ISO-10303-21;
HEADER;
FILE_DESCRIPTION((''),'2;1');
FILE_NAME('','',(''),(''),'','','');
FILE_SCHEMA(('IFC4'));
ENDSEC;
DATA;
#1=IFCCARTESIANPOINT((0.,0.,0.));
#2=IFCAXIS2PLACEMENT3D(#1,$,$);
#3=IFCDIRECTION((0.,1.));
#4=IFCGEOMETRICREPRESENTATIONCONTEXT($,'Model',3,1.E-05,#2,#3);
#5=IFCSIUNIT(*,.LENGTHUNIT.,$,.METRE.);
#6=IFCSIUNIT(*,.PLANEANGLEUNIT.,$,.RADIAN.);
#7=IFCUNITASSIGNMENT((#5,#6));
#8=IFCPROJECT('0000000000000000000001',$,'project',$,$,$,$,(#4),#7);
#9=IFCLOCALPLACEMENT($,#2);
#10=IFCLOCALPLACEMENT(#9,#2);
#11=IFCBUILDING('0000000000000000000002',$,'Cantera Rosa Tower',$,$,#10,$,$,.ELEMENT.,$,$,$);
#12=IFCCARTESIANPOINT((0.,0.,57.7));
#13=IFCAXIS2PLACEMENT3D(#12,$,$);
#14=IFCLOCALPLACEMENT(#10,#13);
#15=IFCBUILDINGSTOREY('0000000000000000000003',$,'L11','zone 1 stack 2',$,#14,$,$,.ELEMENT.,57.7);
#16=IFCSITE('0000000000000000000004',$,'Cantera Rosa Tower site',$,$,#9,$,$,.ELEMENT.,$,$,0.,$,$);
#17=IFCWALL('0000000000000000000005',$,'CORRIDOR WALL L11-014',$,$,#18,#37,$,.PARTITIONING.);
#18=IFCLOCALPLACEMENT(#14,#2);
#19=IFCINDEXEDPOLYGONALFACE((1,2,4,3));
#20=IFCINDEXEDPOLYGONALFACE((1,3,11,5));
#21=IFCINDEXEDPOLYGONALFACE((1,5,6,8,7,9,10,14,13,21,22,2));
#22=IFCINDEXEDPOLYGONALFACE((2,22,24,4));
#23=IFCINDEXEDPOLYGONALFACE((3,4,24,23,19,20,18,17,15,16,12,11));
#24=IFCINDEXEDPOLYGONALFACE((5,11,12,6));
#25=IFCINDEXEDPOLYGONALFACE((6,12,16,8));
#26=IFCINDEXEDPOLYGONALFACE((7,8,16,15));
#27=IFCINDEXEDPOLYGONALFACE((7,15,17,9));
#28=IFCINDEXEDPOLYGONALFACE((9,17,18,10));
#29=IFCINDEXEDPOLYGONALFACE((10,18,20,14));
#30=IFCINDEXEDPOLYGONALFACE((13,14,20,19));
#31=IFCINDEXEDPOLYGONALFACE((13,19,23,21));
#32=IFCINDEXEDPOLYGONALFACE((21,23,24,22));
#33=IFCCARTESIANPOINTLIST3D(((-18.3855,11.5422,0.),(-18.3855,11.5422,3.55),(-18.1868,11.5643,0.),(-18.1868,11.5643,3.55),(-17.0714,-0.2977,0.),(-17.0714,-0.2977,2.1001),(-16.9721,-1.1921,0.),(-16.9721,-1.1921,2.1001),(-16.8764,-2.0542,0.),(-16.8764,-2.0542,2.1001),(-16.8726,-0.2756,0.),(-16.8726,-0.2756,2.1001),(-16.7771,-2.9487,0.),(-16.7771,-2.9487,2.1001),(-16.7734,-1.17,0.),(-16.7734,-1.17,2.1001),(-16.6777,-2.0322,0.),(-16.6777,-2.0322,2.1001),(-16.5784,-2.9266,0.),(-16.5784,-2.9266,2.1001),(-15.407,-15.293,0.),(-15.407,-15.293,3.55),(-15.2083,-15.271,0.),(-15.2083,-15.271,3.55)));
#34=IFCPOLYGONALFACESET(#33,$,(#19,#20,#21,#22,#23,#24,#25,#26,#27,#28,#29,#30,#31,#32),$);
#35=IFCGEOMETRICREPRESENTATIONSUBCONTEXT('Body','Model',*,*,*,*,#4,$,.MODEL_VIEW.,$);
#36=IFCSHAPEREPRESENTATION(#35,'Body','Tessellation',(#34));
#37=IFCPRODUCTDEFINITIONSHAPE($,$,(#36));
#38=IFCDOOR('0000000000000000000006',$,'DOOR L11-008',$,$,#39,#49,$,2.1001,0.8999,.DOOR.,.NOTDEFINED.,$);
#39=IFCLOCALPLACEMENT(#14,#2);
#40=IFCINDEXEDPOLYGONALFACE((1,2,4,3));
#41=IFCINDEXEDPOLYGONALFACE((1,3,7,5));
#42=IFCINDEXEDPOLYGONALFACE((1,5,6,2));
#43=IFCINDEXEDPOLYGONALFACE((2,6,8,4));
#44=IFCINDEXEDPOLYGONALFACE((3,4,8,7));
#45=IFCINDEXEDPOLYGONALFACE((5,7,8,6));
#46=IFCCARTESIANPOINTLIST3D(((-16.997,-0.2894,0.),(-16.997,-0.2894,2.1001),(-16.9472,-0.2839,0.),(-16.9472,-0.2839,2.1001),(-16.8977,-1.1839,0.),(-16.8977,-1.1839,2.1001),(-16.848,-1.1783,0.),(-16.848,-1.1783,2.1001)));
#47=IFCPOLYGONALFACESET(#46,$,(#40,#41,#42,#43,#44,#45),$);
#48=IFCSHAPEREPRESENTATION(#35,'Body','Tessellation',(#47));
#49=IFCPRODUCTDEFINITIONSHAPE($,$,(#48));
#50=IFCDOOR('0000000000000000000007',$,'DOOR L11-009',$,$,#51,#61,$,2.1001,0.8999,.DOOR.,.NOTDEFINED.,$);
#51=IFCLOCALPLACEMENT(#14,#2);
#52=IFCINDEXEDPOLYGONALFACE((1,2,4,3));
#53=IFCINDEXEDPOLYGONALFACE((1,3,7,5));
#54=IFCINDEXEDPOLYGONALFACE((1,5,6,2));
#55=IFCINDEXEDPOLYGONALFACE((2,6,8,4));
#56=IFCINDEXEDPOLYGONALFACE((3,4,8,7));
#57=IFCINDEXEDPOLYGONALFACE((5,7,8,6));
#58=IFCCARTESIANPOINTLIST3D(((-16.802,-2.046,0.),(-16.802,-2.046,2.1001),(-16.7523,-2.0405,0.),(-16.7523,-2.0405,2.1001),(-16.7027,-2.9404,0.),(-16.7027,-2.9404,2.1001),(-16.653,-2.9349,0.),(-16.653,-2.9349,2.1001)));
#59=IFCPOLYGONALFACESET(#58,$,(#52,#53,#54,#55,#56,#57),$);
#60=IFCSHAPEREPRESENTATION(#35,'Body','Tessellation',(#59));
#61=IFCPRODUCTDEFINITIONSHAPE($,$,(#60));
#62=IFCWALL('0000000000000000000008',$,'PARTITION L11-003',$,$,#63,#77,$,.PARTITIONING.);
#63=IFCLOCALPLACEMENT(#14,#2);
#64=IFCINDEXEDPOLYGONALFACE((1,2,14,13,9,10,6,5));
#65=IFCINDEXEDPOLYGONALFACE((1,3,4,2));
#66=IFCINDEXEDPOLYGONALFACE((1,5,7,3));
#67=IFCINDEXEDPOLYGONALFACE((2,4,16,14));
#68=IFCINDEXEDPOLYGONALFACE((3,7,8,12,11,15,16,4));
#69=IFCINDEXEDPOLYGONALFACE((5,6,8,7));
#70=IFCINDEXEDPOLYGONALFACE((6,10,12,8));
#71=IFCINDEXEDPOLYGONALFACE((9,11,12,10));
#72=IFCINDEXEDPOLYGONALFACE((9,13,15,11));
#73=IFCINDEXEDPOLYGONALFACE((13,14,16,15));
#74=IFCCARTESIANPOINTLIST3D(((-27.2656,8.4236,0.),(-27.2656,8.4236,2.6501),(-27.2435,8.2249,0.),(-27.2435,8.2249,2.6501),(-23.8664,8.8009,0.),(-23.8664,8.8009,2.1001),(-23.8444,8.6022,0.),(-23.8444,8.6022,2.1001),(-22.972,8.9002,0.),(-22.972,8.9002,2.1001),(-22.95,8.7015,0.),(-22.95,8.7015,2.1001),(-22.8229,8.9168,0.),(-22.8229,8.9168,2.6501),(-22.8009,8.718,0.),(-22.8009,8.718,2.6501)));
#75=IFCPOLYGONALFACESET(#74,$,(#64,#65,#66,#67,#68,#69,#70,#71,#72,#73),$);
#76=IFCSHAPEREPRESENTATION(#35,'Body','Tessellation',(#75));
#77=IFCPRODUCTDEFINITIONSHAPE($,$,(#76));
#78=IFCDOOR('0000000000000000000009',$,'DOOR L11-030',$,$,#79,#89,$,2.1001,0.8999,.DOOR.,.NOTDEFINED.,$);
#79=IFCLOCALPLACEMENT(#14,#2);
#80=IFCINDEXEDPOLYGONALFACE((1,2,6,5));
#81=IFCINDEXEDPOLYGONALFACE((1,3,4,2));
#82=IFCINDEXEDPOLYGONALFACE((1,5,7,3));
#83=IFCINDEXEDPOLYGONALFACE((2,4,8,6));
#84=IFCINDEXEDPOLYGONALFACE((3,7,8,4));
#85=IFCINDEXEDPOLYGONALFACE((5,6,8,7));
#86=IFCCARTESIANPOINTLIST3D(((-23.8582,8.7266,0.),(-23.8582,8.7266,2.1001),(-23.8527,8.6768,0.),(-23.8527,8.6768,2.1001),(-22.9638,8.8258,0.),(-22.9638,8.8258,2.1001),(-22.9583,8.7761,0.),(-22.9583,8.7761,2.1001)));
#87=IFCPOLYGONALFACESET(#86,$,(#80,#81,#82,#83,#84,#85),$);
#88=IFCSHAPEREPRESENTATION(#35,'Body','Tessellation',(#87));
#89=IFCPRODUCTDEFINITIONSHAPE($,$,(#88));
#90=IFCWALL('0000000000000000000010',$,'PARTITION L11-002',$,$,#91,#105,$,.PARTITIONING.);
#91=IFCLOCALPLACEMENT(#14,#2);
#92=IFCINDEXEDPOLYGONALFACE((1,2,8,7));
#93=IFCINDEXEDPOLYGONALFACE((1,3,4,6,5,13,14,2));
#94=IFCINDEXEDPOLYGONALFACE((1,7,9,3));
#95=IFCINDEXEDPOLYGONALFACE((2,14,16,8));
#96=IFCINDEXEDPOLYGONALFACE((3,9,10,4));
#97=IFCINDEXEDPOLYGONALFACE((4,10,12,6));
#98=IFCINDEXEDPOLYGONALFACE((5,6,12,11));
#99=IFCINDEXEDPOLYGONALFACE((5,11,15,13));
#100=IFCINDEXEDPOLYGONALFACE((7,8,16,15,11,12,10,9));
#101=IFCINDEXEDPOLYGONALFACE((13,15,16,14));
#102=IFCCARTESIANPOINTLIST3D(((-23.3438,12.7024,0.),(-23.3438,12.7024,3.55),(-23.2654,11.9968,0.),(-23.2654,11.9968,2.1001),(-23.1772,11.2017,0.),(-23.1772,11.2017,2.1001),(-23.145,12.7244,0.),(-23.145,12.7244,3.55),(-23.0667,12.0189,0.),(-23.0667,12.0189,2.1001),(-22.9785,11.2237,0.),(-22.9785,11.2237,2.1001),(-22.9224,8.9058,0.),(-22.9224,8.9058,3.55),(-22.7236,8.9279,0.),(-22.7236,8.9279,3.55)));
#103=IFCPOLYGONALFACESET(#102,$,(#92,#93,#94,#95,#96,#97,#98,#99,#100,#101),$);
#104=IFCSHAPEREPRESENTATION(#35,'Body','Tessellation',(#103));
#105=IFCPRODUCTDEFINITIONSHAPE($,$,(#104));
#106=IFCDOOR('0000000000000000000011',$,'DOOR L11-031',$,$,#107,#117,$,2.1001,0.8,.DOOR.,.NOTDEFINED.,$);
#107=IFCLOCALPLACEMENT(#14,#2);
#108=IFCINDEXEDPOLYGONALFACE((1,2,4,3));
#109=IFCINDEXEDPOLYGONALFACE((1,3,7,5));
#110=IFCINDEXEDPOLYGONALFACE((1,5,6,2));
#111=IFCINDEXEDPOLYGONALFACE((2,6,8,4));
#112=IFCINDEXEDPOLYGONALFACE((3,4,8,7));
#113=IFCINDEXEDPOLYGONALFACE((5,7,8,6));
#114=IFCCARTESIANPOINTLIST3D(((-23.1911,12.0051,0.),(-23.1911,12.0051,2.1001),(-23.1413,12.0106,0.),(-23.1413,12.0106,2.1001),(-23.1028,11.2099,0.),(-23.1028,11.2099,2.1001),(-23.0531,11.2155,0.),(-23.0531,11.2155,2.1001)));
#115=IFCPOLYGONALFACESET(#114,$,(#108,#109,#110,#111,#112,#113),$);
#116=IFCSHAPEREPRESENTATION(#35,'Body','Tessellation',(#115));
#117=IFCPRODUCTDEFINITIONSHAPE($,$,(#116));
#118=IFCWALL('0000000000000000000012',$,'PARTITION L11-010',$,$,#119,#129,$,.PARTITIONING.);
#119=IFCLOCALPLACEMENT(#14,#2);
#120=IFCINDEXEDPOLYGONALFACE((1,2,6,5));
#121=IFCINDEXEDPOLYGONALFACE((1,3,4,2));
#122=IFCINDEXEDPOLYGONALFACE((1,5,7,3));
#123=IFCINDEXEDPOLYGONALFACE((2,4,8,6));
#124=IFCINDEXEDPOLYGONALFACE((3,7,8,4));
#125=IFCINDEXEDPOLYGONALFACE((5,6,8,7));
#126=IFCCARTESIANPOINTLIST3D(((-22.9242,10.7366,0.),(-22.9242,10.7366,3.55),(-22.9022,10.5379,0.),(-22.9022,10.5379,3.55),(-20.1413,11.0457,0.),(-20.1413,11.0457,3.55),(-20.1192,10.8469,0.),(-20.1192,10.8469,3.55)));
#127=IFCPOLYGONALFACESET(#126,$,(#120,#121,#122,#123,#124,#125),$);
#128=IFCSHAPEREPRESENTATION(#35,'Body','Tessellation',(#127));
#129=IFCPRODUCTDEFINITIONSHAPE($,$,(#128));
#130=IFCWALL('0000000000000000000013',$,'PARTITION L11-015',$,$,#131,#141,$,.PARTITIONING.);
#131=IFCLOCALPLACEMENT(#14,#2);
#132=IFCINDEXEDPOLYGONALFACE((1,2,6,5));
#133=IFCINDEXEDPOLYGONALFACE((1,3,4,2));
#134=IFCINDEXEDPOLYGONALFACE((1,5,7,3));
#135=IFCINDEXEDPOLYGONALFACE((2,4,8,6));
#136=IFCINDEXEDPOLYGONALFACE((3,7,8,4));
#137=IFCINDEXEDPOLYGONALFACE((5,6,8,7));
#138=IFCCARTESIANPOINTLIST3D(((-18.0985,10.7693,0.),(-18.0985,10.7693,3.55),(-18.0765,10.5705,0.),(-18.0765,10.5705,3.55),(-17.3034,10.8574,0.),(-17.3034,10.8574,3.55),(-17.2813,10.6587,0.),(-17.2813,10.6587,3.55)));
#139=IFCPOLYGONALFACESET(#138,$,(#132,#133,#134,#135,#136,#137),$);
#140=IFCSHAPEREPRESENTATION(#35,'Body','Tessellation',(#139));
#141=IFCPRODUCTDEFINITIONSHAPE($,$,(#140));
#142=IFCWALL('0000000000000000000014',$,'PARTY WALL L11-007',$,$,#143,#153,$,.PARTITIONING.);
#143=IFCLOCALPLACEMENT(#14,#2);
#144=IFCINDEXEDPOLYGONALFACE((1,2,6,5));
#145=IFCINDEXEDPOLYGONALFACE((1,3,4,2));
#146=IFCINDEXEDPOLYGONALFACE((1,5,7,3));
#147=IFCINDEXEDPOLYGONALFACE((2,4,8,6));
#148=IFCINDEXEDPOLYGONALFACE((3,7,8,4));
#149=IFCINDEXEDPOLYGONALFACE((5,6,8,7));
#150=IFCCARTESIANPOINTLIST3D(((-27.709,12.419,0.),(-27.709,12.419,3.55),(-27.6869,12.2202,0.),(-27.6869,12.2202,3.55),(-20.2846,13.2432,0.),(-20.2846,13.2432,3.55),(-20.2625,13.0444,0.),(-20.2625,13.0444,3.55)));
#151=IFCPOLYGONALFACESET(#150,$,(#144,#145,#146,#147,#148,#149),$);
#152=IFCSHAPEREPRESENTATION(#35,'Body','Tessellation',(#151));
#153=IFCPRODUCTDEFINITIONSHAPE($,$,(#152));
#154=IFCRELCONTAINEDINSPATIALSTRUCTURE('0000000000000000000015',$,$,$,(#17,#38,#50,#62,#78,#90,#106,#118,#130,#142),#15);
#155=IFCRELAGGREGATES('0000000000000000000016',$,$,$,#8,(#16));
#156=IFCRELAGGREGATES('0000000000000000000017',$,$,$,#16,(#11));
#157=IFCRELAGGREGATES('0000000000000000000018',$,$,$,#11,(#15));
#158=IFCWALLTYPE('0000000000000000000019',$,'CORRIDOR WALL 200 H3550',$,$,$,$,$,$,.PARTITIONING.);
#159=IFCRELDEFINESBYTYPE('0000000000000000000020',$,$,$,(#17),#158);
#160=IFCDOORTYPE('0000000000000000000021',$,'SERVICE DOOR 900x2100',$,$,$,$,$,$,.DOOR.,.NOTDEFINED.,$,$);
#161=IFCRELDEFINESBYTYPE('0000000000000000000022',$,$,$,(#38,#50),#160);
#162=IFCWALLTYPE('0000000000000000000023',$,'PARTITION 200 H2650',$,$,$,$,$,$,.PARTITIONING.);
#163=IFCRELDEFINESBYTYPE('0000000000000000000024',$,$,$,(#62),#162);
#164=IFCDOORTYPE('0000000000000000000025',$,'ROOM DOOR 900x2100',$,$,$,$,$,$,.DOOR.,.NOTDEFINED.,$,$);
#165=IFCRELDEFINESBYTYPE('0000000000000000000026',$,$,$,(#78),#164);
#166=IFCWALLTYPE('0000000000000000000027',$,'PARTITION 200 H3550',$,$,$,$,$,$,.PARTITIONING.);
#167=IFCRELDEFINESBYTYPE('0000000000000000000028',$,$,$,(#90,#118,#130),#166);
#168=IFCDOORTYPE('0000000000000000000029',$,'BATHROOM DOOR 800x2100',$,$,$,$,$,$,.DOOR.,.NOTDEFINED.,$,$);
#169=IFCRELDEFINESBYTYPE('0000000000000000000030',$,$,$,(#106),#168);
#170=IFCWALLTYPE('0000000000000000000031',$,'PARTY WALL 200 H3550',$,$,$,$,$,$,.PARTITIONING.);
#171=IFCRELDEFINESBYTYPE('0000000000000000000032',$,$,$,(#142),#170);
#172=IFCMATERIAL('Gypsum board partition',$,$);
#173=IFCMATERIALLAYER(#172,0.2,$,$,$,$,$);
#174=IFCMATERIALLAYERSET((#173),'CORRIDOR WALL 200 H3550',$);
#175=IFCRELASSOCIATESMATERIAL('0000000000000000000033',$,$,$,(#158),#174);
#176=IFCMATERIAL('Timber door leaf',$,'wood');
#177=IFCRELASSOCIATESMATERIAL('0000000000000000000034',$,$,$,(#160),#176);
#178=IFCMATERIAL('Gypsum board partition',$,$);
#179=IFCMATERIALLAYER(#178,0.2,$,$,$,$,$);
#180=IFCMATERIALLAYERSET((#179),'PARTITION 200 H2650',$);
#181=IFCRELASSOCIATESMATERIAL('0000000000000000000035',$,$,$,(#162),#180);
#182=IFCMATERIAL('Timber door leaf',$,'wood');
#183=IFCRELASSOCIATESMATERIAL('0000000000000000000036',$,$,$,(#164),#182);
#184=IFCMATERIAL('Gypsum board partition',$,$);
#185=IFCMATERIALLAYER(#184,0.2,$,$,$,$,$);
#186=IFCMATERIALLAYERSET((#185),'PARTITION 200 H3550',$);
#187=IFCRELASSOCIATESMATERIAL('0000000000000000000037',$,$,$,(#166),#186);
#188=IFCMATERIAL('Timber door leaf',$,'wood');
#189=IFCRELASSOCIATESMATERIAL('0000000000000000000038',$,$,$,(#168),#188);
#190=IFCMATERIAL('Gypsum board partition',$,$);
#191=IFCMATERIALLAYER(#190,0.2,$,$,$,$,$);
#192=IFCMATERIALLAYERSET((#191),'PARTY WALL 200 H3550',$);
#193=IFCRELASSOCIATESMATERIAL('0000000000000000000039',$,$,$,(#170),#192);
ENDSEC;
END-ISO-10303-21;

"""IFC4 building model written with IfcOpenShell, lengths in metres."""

from ifc_helpers import new_model, si_unit, direction, frame, frame_2d, origin, place, context, subcontext, project, spatial, rectangle, extrude, material, layer, layer_set, type_object, element, fill, save


model = new_model("IFC4")

# Units and contexts
model_context = context("Model", 3, precision=1e-05, world=origin(), true_north=direction((0.0, 1.0)))
body_context = subcontext(model_context, "Body", "Model", "MODEL_VIEW")
ifc_project = project(units=[si_unit("LENGTHUNIT", "METRE"), si_unit("PLANEANGLEUNIT", "RADIAN")], contexts=[model_context])

# Site, building, storey
site_placement = place(None, origin())
site = spatial("IfcSite", under=ifc_project, at=site_placement, Name="Cantera Rosa Tower site", CompositionType="ELEMENT", RefElevation=0.0)
building_placement = place(site_placement, origin())
building = spatial("IfcBuilding", under=site, at=building_placement, Name="Cantera Rosa Tower", CompositionType="ELEMENT")
storey_placement = place(building_placement, frame((0.0, 0.0, 57.7)))
storey = spatial("IfcBuildingStorey", under=building, at=storey_placement, Name="L11", Description="zone 1 stack 2", CompositionType="ELEMENT", Elevation=57.7)

# Wall, openings, doors
ifc_material_1 = material(Name="Gypsum board partition")
ifc_layer_1 = layer(ifc_material_1, 0.2)
ifc_layer_set_1 = layer_set([ifc_layer_1], Name="CORRIDOR WALL 200 H3550")
wall_type_1 = type_object("IfcWallType", Name="CORRIDOR WALL 200 H3550", PredefinedType="PARTITIONING", material=ifc_layer_set_1)
wall_1_placement = place(storey_placement, frame((-18.2861, 11.5532, 0.0), z_axis=(0.0, 0.0, 1.0), x_axis=(0.110315, -0.993897, 0.0)))
wall_1 = element("IfcWall", 1, at=wall_1_placement, inside=storey, type_object=wall_type_1, Name="CORRIDOR WALL L11-014", PredefinedType="PARTITIONING", context=body_context, shape_type="SweptSolid", body=[
    extrude(rectangle(XDim=27.0, YDim=0.2, at=frame_2d((13.5, 0.0))), origin(), (0.0, 0.0, 1.0), 3.55),
])
opening_1_placement = place(wall_1_placement, frame((11.9126, 0.0, 0.0)))
opening_1 = element("IfcOpeningElement", 2, at=opening_1_placement, cuts=wall_1, PredefinedType="OPENING", context=body_context, shape_type="SweptSolid", body=[
    extrude(rectangle(XDim=0.8999, YDim=2.1001, at=frame_2d((0.45, 1.05))), frame((0.0, 0.1099, 0.0), z_axis=(0.0, -1.0, 0.0), x_axis=(1.0, 0.0, 0.0)), (0.0, 0.0, 1.0), 0.22),
])
opening_2_placement = place(wall_1_placement, frame((13.6799, 0.0, 0.0)))
opening_2 = element("IfcOpeningElement", 3, at=opening_2_placement, cuts=wall_1, PredefinedType="OPENING", context=body_context, shape_type="SweptSolid", body=[
    extrude(rectangle(XDim=0.8999, YDim=2.1001, at=frame_2d((0.45, 1.05))), frame((0.0, 0.1099, 0.0), z_axis=(0.0, -1.0, 0.0), x_axis=(1.0, 0.0, 0.0)), (0.0, 0.0, 1.0), 0.22),
])
ifc_material_2 = material(Name="Timber door leaf", Category="wood")
door_type_1 = type_object("IfcDoorType", Name="SERVICE DOOR 900x2100", OperationType="NOTDEFINED", PredefinedType="DOOR", material=ifc_material_2)
door_1_placement = place(opening_1_placement, origin())
door_1 = element("IfcDoor", 4, at=door_1_placement, inside=storey, type_object=door_type_1, Name="DOOR L11-008", OperationType="NOTDEFINED", OverallHeight=2.1001, OverallWidth=0.8999, PredefinedType="DOOR", context=body_context, shape_type="SweptSolid", body=[
    extrude(rectangle(XDim=0.8999, YDim=2.1001, at=frame_2d((0.45, 1.05))), frame((0.0, 0.0249, 0.0), z_axis=(0.0, -1.0, 0.0), x_axis=(1.0, 0.0, 0.0)), (0.0, 0.0, 1.0), 0.05),
])
fill(opening_1, door_1)
door_2_placement = place(opening_2_placement, origin())
door_2 = element("IfcDoor", 5, at=door_2_placement, inside=storey, type_object=door_type_1, Name="DOOR L11-009", OperationType="NOTDEFINED", OverallHeight=2.1001, OverallWidth=0.8999, PredefinedType="DOOR", context=body_context, shape_type="SweptSolid", body=[
    extrude(rectangle(XDim=0.8999, YDim=2.1001, at=frame_2d((0.45, 1.05))), frame((0.0, 0.0249, 0.0), z_axis=(0.0, -1.0, 0.0), x_axis=(1.0, 0.0, 0.0)), (0.0, 0.0, 1.0), 0.05),
])
fill(opening_2, door_2)

# Walls, openings, doors
ifc_material_3 = material(Name="Gypsum board partition")
ifc_layer_2 = layer(ifc_material_3, 0.2)
ifc_layer_set_2 = layer_set([ifc_layer_2], Name="PARTITION 200 H2650")
wall_type_2 = type_object("IfcWallType", Name="PARTITION 200 H2650", PredefinedType="PARTITIONING", material=ifc_layer_set_2)
wall_2_placement = place(storey_placement, frame((-22.812, 8.8174, 0.0), z_axis=(0.0, 0.0, 1.0), x_axis=(-0.993895, -0.11033, 0.0)))
wall_2 = element("IfcWall", 6, at=wall_2_placement, inside=storey, type_object=wall_type_2, Name="PARTITION L11-003", PredefinedType="PARTITIONING", context=body_context, shape_type="SweptSolid", body=[
    extrude(rectangle(XDim=4.47, YDim=0.2, at=frame_2d((2.2349, 0.0))), origin(), (0.0, 0.0, 1.0), 2.6501),
])
opening_3_placement = place(wall_2_placement, frame((0.1499, 0.0, 0.0)))
opening_3 = element("IfcOpeningElement", 7, at=opening_3_placement, cuts=wall_2, PredefinedType="OPENING", context=body_context, shape_type="SweptSolid", body=[
    extrude(rectangle(XDim=0.8999, YDim=2.1001, at=frame_2d((0.45, 1.05))), frame((0.0, 0.1099, 0.0), z_axis=(0.0, -1.0, 0.0), x_axis=(1.0, 0.0, 0.0)), (0.0, 0.0, 1.0), 0.22),
])
ifc_material_4 = material(Name="Timber door leaf", Category="wood")
door_type_2 = type_object("IfcDoorType", Name="ROOM DOOR 900x2100", OperationType="NOTDEFINED", PredefinedType="DOOR", material=ifc_material_4)
door_3_placement = place(opening_3_placement, origin())
door_3 = element("IfcDoor", 8, at=door_3_placement, inside=storey, type_object=door_type_2, Name="DOOR L11-030", OperationType="NOTDEFINED", OverallHeight=2.1001, OverallWidth=0.8999, PredefinedType="DOOR", context=body_context, shape_type="SweptSolid", body=[
    extrude(rectangle(XDim=0.8999, YDim=2.1001, at=frame_2d((0.45, 1.05))), frame((0.0, 0.0249, 0.0), z_axis=(0.0, -1.0, 0.0), x_axis=(1.0, 0.0, 0.0)), (0.0, 0.0, 1.0), 0.05),
])
fill(opening_3, door_3)
ifc_material_5 = material(Name="Gypsum board partition")
ifc_layer_3 = layer(ifc_material_5, 0.2)
ifc_layer_set_3 = layer_set([ifc_layer_3], Name="PARTITION 200 H3550")
wall_type_3 = type_object("IfcWallType", Name="PARTITION 200 H3550", PredefinedType="PARTITIONING", material=ifc_layer_set_3)
wall_3_placement = place(storey_placement, frame((-23.2444, 12.7134, 0.0), z_axis=(0.0, 0.0, 1.0), x_axis=(0.110312, -0.993897, 0.0)))
wall_3 = element("IfcWall", 9, at=wall_3_placement, inside=storey, type_object=wall_type_3, Name="PARTITION L11-002", PredefinedType="PARTITIONING", context=body_context, shape_type="SweptSolid", body=[
    extrude(rectangle(XDim=3.8198, YDim=0.2, at=frame_2d((1.9099, 0.0))), origin(), (0.0, 0.0, 1.0), 3.55),
])
opening_4_placement = place(wall_3_placement, frame((0.71, 0.0, 0.0)))
opening_4 = element("IfcOpeningElement", 10, at=opening_4_placement, cuts=wall_3, PredefinedType="OPENING", context=body_context, shape_type="SweptSolid", body=[
    extrude(rectangle(XDim=0.8, YDim=2.1001, at=frame_2d((0.3999, 1.05))), frame((0.0, 0.1099, 0.0), z_axis=(0.0, -1.0, 0.0), x_axis=(1.0, 0.0, 0.0)), (0.0, 0.0, 1.0), 0.22),
])
ifc_material_6 = material(Name="Timber door leaf", Category="wood")
door_type_3 = type_object("IfcDoorType", Name="BATHROOM DOOR 800x2100", OperationType="NOTDEFINED", PredefinedType="DOOR", material=ifc_material_6)
door_4_placement = place(opening_4_placement, origin())
door_4 = element("IfcDoor", 11, at=door_4_placement, inside=storey, type_object=door_type_3, Name="DOOR L11-031", OperationType="NOTDEFINED", OverallHeight=2.1001, OverallWidth=0.8, PredefinedType="DOOR", context=body_context, shape_type="SweptSolid", body=[
    extrude(rectangle(XDim=0.8, YDim=2.1001, at=frame_2d((0.3999, 1.05))), frame((0.0, 0.0249, 0.0), z_axis=(0.0, -1.0, 0.0), x_axis=(1.0, 0.0, 0.0)), (0.0, 0.0, 1.0), 0.05),
])
fill(opening_4, door_4)

# Walls
wall_4_placement = place(storey_placement, frame((-20.1304, 10.9463, 0.0), z_axis=(0.0, 0.0, 1.0), x_axis=(-0.993889, -0.110384, 0.0)))
element("IfcWall", 12, at=wall_4_placement, inside=storey, type_object=wall_type_3, Name="PARTITION L11-010", PredefinedType="PARTITIONING", context=body_context, shape_type="SweptSolid", body=[
    extrude(rectangle(XDim=2.8, YDim=0.2, at=frame_2d((1.3999, 0.0))), origin(), (0.0, 0.0, 1.0), 3.55),
])
wall_5_placement = place(storey_placement, frame((-18.0874, 10.6699, 0.0), z_axis=(0.0, 0.0, 1.0), x_axis=(0.993913, 0.110164, 0.0)))
element("IfcWall", 13, at=wall_5_placement, inside=storey, type_object=wall_type_3, Name="PARTITION L11-015", PredefinedType="PARTITIONING", context=body_context, shape_type="SweptSolid", body=[
    extrude(rectangle(XDim=0.8, YDim=0.2, at=frame_2d((0.3999, 0.0))), origin(), (0.0, 0.0, 1.0), 3.55),
])
ifc_material_7 = material(Name="Gypsum board partition")
ifc_layer_4 = layer(ifc_material_7, 0.2)
ifc_layer_set_4 = layer_set([ifc_layer_4], Name="PARTY WALL 200 H3550")
wall_type_4 = type_object("IfcWallType", Name="PARTY WALL 200 H3550", PredefinedType="PARTITIONING", material=ifc_layer_set_4)
wall_6_placement = place(storey_placement, frame((-20.2737, 13.1438, 0.0), z_axis=(0.0, 0.0, 1.0), x_axis=(-0.993894, -0.110338, 0.0)))
element("IfcWall", 14, at=wall_6_placement, inside=storey, type_object=wall_type_4, Name="PARTY WALL L11-007", PredefinedType="PARTITIONING", context=body_context, shape_type="SweptSolid", body=[
    extrude(rectangle(XDim=7.47, YDim=0.2, at=frame_2d((3.7349, 0.0))), origin(), (0.0, 0.0, 1.0), 3.55),
])

save(model, "model.ifc")
